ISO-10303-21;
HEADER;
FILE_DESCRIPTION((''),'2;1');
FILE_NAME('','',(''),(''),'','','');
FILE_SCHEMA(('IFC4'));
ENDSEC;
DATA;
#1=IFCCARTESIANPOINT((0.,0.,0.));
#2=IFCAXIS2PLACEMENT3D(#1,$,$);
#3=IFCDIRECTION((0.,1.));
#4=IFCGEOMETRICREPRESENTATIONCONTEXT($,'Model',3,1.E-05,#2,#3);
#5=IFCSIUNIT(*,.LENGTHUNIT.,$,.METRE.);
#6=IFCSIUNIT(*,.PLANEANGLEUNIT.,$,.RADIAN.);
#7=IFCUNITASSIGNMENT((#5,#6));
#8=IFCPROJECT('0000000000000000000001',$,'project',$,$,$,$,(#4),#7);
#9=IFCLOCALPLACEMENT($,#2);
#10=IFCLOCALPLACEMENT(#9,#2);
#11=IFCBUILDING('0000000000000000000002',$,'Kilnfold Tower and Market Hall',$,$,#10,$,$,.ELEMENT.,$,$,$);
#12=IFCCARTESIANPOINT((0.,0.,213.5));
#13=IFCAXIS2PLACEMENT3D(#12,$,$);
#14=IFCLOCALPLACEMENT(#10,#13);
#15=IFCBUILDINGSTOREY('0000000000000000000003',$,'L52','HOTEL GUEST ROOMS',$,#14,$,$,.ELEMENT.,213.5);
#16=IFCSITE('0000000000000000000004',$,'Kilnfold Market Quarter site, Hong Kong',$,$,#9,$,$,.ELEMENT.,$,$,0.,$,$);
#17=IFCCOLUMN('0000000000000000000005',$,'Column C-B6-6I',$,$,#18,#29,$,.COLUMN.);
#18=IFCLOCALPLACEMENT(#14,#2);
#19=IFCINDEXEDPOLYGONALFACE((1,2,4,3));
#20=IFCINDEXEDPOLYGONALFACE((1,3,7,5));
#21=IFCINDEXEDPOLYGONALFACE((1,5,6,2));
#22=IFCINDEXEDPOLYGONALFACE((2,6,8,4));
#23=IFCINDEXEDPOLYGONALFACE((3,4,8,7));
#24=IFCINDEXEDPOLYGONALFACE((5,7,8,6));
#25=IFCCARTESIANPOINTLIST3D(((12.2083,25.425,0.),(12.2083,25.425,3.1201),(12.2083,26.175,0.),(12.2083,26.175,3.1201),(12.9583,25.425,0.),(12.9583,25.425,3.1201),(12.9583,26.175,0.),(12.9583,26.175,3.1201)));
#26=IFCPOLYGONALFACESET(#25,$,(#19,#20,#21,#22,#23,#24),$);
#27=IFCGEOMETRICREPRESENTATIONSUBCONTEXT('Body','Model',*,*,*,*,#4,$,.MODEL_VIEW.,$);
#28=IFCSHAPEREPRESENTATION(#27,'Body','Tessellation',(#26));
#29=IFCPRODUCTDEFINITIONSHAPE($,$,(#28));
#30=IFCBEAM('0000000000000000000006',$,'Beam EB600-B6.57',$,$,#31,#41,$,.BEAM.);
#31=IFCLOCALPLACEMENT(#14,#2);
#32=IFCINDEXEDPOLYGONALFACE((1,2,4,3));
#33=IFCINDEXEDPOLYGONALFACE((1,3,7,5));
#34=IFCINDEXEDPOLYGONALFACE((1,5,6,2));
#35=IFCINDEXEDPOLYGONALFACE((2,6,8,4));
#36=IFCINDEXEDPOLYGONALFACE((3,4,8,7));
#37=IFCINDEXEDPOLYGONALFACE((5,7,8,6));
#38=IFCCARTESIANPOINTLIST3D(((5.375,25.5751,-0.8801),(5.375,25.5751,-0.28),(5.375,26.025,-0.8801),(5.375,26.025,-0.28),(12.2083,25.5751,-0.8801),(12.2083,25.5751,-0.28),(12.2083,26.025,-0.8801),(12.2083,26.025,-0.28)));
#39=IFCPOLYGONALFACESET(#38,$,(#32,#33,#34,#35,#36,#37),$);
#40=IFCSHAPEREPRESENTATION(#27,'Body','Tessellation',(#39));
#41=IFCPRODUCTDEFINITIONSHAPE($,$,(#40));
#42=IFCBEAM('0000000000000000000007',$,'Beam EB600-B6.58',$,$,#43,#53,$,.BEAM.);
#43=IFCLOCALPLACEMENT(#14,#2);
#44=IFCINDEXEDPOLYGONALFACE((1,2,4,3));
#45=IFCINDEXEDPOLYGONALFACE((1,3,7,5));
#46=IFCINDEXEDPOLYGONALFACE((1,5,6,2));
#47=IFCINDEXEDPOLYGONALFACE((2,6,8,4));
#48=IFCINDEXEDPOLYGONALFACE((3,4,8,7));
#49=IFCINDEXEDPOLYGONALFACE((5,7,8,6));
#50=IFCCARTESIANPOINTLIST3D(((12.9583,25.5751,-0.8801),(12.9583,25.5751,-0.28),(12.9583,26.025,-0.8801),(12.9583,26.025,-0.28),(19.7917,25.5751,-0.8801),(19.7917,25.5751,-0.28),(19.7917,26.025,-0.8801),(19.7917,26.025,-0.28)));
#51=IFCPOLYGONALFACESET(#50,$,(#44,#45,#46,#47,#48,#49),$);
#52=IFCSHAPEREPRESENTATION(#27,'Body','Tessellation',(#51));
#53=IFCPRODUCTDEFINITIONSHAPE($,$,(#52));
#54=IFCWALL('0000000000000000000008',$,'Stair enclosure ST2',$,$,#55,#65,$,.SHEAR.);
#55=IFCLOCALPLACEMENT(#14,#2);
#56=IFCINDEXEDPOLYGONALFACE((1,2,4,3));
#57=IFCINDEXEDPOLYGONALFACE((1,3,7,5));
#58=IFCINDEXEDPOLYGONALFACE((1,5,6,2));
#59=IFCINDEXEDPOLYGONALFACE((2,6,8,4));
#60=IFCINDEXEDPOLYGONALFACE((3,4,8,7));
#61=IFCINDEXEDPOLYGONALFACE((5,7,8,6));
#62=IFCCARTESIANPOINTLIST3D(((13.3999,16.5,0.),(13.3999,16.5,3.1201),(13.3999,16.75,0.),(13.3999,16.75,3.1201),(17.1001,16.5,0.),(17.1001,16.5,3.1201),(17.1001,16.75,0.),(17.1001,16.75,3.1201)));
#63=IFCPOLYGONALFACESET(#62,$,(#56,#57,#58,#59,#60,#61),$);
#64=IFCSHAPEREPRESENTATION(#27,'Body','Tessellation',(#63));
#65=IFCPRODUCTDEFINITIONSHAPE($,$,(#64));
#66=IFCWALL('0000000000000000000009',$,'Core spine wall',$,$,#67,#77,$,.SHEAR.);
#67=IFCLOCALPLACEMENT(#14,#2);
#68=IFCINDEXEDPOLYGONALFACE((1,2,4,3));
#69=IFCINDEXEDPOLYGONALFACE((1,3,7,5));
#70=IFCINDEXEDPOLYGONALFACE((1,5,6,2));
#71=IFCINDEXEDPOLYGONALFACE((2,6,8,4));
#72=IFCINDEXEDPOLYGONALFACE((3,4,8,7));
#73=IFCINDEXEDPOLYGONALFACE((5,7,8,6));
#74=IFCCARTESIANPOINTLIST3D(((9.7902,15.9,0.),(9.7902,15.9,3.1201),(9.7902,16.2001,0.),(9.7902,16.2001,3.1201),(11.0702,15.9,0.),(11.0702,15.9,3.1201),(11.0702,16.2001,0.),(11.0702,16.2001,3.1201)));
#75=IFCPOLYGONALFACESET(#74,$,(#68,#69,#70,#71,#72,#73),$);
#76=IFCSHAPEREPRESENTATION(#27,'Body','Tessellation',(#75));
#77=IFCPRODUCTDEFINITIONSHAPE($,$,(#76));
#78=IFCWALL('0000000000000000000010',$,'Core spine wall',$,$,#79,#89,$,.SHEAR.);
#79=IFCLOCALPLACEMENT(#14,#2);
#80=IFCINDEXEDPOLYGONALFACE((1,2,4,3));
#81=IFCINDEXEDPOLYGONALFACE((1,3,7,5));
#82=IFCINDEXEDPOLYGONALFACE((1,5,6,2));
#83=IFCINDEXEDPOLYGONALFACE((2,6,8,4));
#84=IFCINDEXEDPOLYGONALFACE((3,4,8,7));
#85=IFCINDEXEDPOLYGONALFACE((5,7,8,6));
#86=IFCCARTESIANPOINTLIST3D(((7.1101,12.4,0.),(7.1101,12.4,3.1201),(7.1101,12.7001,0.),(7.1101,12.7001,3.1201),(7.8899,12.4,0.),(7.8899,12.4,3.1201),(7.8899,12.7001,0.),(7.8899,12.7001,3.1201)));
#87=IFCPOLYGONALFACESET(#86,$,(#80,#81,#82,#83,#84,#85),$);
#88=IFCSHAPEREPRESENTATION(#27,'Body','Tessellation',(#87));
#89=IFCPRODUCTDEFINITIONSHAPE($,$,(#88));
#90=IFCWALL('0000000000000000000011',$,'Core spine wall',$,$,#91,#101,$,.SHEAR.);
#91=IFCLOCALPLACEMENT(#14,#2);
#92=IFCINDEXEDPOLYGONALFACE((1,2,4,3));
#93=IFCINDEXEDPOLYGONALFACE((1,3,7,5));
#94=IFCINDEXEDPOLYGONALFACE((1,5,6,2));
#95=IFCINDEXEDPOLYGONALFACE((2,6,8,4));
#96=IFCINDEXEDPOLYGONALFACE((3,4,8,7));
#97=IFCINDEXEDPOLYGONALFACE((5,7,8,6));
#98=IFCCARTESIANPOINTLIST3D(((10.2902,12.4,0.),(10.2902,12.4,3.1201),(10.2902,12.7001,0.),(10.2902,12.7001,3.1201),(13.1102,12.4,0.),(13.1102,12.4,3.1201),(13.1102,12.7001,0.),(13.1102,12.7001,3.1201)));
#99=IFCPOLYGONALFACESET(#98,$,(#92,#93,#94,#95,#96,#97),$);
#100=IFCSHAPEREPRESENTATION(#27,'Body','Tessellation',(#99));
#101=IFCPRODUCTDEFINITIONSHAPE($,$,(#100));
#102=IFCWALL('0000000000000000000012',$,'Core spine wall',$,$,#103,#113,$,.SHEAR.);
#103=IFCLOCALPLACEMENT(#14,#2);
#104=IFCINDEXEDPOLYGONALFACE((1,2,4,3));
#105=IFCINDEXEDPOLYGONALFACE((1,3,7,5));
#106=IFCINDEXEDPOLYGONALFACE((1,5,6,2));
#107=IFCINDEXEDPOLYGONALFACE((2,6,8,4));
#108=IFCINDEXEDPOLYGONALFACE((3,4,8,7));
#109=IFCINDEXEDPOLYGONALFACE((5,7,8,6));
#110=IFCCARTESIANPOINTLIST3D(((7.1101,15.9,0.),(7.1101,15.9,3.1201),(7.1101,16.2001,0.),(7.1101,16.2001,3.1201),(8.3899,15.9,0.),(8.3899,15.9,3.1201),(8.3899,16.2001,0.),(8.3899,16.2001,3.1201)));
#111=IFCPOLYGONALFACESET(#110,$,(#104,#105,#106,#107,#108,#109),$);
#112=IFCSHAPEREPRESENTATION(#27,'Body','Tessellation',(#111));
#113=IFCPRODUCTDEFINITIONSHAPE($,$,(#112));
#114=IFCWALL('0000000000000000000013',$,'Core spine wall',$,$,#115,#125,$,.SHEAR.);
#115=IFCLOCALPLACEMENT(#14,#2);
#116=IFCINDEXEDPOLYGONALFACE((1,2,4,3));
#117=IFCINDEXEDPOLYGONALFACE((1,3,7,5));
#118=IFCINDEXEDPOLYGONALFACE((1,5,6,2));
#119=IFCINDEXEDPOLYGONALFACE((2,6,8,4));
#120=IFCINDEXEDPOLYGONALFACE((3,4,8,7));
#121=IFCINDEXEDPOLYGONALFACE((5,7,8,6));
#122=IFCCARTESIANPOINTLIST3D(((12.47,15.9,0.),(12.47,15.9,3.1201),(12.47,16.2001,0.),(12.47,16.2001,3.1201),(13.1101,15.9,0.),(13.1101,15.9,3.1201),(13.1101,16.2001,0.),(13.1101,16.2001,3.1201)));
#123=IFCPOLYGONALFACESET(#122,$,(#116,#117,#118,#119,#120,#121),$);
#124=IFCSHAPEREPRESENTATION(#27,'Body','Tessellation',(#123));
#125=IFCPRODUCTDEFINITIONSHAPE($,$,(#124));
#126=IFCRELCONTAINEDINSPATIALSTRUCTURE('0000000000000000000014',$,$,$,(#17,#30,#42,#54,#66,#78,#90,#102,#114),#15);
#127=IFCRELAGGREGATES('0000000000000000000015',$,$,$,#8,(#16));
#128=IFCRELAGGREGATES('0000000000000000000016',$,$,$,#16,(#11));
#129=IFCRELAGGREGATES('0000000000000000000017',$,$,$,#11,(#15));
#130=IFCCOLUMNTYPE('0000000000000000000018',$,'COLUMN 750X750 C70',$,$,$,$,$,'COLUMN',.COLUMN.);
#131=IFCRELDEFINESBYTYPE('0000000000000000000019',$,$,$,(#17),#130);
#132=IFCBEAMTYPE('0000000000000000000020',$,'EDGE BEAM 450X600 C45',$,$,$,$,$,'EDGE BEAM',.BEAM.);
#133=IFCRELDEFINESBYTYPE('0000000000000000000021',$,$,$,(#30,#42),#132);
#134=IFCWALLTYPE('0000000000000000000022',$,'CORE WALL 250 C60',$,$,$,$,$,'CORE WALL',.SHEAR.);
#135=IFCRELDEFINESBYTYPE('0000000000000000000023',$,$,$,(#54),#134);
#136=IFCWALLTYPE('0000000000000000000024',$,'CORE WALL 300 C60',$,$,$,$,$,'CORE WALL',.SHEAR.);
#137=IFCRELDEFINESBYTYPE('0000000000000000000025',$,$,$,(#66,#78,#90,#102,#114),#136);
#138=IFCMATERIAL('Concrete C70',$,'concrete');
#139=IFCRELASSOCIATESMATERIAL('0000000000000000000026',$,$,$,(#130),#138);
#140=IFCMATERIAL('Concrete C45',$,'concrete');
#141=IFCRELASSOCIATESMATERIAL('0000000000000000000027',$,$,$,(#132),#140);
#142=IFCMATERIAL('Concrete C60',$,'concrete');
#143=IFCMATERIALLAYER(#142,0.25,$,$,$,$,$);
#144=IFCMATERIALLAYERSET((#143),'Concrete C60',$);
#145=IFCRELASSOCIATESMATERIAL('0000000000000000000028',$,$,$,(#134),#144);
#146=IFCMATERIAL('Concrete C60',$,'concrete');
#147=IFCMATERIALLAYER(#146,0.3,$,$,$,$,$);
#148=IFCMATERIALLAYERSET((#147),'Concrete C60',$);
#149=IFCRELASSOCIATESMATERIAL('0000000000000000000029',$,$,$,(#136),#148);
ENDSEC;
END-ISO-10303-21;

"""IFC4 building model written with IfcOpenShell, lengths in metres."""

from ifc_helpers import new_model, si_unit, direction, frame, frame_2d, origin, origin_2d, place, context, subcontext, project, spatial, rectangle, extrude, source, transform, mapped, material, layer, layer_set, material_profile, profile_set, type_object, element, save


model = new_model("IFC4")

# Units and contexts
model_context = context("Model", 3, precision=1e-05, world=origin(), true_north=direction((0.0, 1.0)))
body_context = subcontext(model_context, "Body", "Model", "MODEL_VIEW")
ifc_project = project(units=[si_unit("LENGTHUNIT", "METRE"), si_unit("PLANEANGLEUNIT", "RADIAN")], contexts=[model_context])

# Site, building, storey
site_placement = place(None, origin())
site = spatial("IfcSite", under=ifc_project, at=site_placement, Name="Kilnfold Market Quarter site, Hong Kong", CompositionType="ELEMENT", RefElevation=0.0)
building_placement = place(site_placement, origin())
building = spatial("IfcBuilding", under=site, at=building_placement, Name="Kilnfold Tower and Market Hall", CompositionType="ELEMENT")
storey_placement = place(building_placement, frame((0.0, 0.0, 213.5)))
storey = spatial("IfcBuildingStorey", under=building, at=storey_placement, Name="L52", Description="HOTEL GUEST ROOMS", CompositionType="ELEMENT", Elevation=213.5)

# Column
ifc_material_1 = material(Name="Concrete C70", Category="concrete")
ifc_material_profile_1 = material_profile(ifc_material_1, rectangle(XDim=0.75, YDim=0.75, at=origin_2d()), Name="RC 750x750")
ifc_profile_set_1 = profile_set([ifc_material_profile_1], Name="Concrete C70")
column_type = type_object("IfcColumnType", Name="COLUMN 750X750 C70", ElementType="COLUMN", PredefinedType="COLUMN", material=ifc_profile_set_1)
shared_shape_1 = source(origin(), body_context, "Body", "SweptSolid", [
    extrude(rectangle(XDim=0.75, YDim=0.75, at=origin_2d()), origin(), (0.0, 0.0, 1.0), 3.1201),
])
column_placement = place(storey_placement, frame((12.5833, 25.8, 0.0), z_axis=(0.0, 0.0, 1.0), x_axis=(1.0, 0.0, 0.0)))
element("IfcColumn", 1, at=column_placement, inside=storey, type_object=column_type, Name="Column C-B6-6I", PredefinedType="COLUMN", context=body_context, shape_type="MappedRepresentation", body=[
    mapped(shared_shape_1, transform((0.0, 0.0, 0.0))),
])

# Beams
ifc_material_2 = material(Name="Concrete C45", Category="concrete")
ifc_material_profile_2 = material_profile(ifc_material_2, rectangle(XDim=0.45, YDim=0.6001, at=origin_2d()), Name="RC 450x600")
ifc_profile_set_2 = profile_set([ifc_material_profile_2], Name="Concrete C45")
beam_type = type_object("IfcBeamType", Name="EDGE BEAM 450X600 C45", ElementType="EDGE BEAM", PredefinedType="BEAM", material=ifc_profile_set_2)
shared_shape_2 = source(origin(), body_context, "Body", "SweptSolid", [
    extrude(rectangle(XDim=0.45, YDim=0.6001, at=origin_2d()), origin(), (0.0, 0.0, 1.0), 6.8333),
])
beam_1_placement = place(storey_placement, frame((5.375, 25.8, -0.5801), z_axis=(1.0, 0.0, 0.0), x_axis=(0.0, 1.0, 0.0)))
element("IfcBeam", 2, at=beam_1_placement, inside=storey, type_object=beam_type, Name="Beam EB600-B6.57", PredefinedType="BEAM", context=body_context, shape_type="MappedRepresentation", body=[
    mapped(shared_shape_2, transform((0.0, 0.0, 0.0))),
])
shared_shape_3 = source(origin(), body_context, "Body", "SweptSolid", [
    extrude(rectangle(XDim=0.45, YDim=0.6001, at=origin_2d()), origin(), (0.0, 0.0, 1.0), 6.8335),
])
beam_2_placement = place(storey_placement, frame((12.9583, 25.8, -0.5801), z_axis=(1.0, 0.0, 0.0), x_axis=(0.0, 1.0, 0.0)))
element("IfcBeam", 3, at=beam_2_placement, inside=storey, type_object=beam_type, Name="Beam EB600-B6.58", PredefinedType="BEAM", context=body_context, shape_type="MappedRepresentation", body=[
    mapped(shared_shape_3, transform((0.0, 0.0, 0.0))),
])

# Walls
ifc_material_3 = material(Name="Concrete C60", Category="concrete")
ifc_layer_1 = layer(ifc_material_3, 0.25)
ifc_layer_set_1 = layer_set([ifc_layer_1], Name="Concrete C60")
wall_type_1 = type_object("IfcWallType", Name="CORE WALL 250 C60", ElementType="CORE WALL", PredefinedType="SHEAR", material=ifc_layer_set_1)
shared_shape_4 = source(origin(), body_context, "Body", "SweptSolid", [
    extrude(rectangle(XDim=3.7002, YDim=0.25, at=frame_2d((1.8501, 0.0))), origin(), (0.0, 0.0, 1.0), 3.1201),
])
wall_1_placement = place(storey_placement, frame((13.3999, 16.625, 0.0), z_axis=(0.0, 0.0, 1.0), x_axis=(1.0, 0.0, 0.0)))
element("IfcWall", 4, at=wall_1_placement, inside=storey, type_object=wall_type_1, Name="Stair enclosure ST2", PredefinedType="SHEAR", context=body_context, shape_type="MappedRepresentation", body=[
    mapped(shared_shape_4, transform((0.0, 0.0, 0.0))),
])
ifc_material_4 = material(Name="Concrete C60", Category="concrete")
ifc_layer_2 = layer(ifc_material_4, 0.3)
ifc_layer_set_2 = layer_set([ifc_layer_2], Name="Concrete C60")
wall_type_2 = type_object("IfcWallType", Name="CORE WALL 300 C60", ElementType="CORE WALL", PredefinedType="SHEAR", material=ifc_layer_set_2)
shared_shape_5 = source(origin(), body_context, "Body", "SweptSolid", [
    extrude(rectangle(XDim=1.28, YDim=0.3, at=frame_2d((0.6401, 0.0))), origin(), (0.0, 0.0, 1.0), 3.1201),
])
wall_2_placement = place(storey_placement, frame((9.79, 16.05, 0.0), z_axis=(0.0, 0.0, 1.0), x_axis=(1.0, 0.0, 0.0)))
element("IfcWall", 5, at=wall_2_placement, inside=storey, type_object=wall_type_2, Name="Core spine wall", PredefinedType="SHEAR", context=body_context, shape_type="MappedRepresentation", body=[
    mapped(shared_shape_5, transform((0.0, 0.0, 0.0))),
])
shared_shape_6 = source(origin(), body_context, "Body", "SweptSolid", [
    extrude(rectangle(XDim=0.7798, YDim=0.3, at=frame_2d((0.3899, 0.0))), origin(), (0.0, 0.0, 1.0), 3.1201),
])
wall_3_placement = place(storey_placement, frame((7.1101, 12.55, 0.0), z_axis=(0.0, 0.0, 1.0), x_axis=(1.0, 0.0, 0.0)))
element("IfcWall", 6, at=wall_3_placement, inside=storey, type_object=wall_type_2, Name="Core spine wall", PredefinedType="SHEAR", context=body_context, shape_type="MappedRepresentation", body=[
    mapped(shared_shape_6, transform((0.0, 0.0, 0.0))),
])
shared_shape_7 = source(origin(), body_context, "Body", "SweptSolid", [
    extrude(rectangle(XDim=2.8201, YDim=0.3, at=frame_2d((1.4102, 0.0))), origin(), (0.0, 0.0, 1.0), 3.1201),
])
wall_4_placement = place(storey_placement, frame((10.29, 12.55, 0.0), z_axis=(0.0, 0.0, 1.0), x_axis=(1.0, 0.0, 0.0)))
element("IfcWall", 7, at=wall_4_placement, inside=storey, type_object=wall_type_2, Name="Core spine wall", PredefinedType="SHEAR", context=body_context, shape_type="MappedRepresentation", body=[
    mapped(shared_shape_7, transform((0.0, 0.0, 0.0))),
])
shared_shape_8 = source(origin(), body_context, "Body", "SweptSolid", [
    extrude(rectangle(XDim=1.2798, YDim=0.3, at=frame_2d((0.6399, 0.0))), origin(), (0.0, 0.0, 1.0), 3.1201),
])
wall_5_placement = place(storey_placement, frame((7.1101, 16.05, 0.0), z_axis=(0.0, 0.0, 1.0), x_axis=(1.0, 0.0, 0.0)))
element("IfcWall", 8, at=wall_5_placement, inside=storey, type_object=wall_type_2, Name="Core spine wall", PredefinedType="SHEAR", context=body_context, shape_type="MappedRepresentation", body=[
    mapped(shared_shape_8, transform((0.0, 0.0, 0.0))),
])
shared_shape_9 = source(origin(), body_context, "Body", "SweptSolid", [
    extrude(rectangle(XDim=0.6401, YDim=0.3, at=frame_2d((0.3201, 0.0))), origin(), (0.0, 0.0, 1.0), 3.1201),
])
wall_6_placement = place(storey_placement, frame((12.47, 16.05, 0.0), z_axis=(0.0, 0.0, 1.0), x_axis=(1.0, 0.0, 0.0)))
element("IfcWall", 9, at=wall_6_placement, inside=storey, type_object=wall_type_2, Name="Core spine wall", PredefinedType="SHEAR", context=body_context, shape_type="MappedRepresentation", body=[
    mapped(shared_shape_9, transform((0.0, 0.0, 0.0))),
])

save(model, "model.ifc")
